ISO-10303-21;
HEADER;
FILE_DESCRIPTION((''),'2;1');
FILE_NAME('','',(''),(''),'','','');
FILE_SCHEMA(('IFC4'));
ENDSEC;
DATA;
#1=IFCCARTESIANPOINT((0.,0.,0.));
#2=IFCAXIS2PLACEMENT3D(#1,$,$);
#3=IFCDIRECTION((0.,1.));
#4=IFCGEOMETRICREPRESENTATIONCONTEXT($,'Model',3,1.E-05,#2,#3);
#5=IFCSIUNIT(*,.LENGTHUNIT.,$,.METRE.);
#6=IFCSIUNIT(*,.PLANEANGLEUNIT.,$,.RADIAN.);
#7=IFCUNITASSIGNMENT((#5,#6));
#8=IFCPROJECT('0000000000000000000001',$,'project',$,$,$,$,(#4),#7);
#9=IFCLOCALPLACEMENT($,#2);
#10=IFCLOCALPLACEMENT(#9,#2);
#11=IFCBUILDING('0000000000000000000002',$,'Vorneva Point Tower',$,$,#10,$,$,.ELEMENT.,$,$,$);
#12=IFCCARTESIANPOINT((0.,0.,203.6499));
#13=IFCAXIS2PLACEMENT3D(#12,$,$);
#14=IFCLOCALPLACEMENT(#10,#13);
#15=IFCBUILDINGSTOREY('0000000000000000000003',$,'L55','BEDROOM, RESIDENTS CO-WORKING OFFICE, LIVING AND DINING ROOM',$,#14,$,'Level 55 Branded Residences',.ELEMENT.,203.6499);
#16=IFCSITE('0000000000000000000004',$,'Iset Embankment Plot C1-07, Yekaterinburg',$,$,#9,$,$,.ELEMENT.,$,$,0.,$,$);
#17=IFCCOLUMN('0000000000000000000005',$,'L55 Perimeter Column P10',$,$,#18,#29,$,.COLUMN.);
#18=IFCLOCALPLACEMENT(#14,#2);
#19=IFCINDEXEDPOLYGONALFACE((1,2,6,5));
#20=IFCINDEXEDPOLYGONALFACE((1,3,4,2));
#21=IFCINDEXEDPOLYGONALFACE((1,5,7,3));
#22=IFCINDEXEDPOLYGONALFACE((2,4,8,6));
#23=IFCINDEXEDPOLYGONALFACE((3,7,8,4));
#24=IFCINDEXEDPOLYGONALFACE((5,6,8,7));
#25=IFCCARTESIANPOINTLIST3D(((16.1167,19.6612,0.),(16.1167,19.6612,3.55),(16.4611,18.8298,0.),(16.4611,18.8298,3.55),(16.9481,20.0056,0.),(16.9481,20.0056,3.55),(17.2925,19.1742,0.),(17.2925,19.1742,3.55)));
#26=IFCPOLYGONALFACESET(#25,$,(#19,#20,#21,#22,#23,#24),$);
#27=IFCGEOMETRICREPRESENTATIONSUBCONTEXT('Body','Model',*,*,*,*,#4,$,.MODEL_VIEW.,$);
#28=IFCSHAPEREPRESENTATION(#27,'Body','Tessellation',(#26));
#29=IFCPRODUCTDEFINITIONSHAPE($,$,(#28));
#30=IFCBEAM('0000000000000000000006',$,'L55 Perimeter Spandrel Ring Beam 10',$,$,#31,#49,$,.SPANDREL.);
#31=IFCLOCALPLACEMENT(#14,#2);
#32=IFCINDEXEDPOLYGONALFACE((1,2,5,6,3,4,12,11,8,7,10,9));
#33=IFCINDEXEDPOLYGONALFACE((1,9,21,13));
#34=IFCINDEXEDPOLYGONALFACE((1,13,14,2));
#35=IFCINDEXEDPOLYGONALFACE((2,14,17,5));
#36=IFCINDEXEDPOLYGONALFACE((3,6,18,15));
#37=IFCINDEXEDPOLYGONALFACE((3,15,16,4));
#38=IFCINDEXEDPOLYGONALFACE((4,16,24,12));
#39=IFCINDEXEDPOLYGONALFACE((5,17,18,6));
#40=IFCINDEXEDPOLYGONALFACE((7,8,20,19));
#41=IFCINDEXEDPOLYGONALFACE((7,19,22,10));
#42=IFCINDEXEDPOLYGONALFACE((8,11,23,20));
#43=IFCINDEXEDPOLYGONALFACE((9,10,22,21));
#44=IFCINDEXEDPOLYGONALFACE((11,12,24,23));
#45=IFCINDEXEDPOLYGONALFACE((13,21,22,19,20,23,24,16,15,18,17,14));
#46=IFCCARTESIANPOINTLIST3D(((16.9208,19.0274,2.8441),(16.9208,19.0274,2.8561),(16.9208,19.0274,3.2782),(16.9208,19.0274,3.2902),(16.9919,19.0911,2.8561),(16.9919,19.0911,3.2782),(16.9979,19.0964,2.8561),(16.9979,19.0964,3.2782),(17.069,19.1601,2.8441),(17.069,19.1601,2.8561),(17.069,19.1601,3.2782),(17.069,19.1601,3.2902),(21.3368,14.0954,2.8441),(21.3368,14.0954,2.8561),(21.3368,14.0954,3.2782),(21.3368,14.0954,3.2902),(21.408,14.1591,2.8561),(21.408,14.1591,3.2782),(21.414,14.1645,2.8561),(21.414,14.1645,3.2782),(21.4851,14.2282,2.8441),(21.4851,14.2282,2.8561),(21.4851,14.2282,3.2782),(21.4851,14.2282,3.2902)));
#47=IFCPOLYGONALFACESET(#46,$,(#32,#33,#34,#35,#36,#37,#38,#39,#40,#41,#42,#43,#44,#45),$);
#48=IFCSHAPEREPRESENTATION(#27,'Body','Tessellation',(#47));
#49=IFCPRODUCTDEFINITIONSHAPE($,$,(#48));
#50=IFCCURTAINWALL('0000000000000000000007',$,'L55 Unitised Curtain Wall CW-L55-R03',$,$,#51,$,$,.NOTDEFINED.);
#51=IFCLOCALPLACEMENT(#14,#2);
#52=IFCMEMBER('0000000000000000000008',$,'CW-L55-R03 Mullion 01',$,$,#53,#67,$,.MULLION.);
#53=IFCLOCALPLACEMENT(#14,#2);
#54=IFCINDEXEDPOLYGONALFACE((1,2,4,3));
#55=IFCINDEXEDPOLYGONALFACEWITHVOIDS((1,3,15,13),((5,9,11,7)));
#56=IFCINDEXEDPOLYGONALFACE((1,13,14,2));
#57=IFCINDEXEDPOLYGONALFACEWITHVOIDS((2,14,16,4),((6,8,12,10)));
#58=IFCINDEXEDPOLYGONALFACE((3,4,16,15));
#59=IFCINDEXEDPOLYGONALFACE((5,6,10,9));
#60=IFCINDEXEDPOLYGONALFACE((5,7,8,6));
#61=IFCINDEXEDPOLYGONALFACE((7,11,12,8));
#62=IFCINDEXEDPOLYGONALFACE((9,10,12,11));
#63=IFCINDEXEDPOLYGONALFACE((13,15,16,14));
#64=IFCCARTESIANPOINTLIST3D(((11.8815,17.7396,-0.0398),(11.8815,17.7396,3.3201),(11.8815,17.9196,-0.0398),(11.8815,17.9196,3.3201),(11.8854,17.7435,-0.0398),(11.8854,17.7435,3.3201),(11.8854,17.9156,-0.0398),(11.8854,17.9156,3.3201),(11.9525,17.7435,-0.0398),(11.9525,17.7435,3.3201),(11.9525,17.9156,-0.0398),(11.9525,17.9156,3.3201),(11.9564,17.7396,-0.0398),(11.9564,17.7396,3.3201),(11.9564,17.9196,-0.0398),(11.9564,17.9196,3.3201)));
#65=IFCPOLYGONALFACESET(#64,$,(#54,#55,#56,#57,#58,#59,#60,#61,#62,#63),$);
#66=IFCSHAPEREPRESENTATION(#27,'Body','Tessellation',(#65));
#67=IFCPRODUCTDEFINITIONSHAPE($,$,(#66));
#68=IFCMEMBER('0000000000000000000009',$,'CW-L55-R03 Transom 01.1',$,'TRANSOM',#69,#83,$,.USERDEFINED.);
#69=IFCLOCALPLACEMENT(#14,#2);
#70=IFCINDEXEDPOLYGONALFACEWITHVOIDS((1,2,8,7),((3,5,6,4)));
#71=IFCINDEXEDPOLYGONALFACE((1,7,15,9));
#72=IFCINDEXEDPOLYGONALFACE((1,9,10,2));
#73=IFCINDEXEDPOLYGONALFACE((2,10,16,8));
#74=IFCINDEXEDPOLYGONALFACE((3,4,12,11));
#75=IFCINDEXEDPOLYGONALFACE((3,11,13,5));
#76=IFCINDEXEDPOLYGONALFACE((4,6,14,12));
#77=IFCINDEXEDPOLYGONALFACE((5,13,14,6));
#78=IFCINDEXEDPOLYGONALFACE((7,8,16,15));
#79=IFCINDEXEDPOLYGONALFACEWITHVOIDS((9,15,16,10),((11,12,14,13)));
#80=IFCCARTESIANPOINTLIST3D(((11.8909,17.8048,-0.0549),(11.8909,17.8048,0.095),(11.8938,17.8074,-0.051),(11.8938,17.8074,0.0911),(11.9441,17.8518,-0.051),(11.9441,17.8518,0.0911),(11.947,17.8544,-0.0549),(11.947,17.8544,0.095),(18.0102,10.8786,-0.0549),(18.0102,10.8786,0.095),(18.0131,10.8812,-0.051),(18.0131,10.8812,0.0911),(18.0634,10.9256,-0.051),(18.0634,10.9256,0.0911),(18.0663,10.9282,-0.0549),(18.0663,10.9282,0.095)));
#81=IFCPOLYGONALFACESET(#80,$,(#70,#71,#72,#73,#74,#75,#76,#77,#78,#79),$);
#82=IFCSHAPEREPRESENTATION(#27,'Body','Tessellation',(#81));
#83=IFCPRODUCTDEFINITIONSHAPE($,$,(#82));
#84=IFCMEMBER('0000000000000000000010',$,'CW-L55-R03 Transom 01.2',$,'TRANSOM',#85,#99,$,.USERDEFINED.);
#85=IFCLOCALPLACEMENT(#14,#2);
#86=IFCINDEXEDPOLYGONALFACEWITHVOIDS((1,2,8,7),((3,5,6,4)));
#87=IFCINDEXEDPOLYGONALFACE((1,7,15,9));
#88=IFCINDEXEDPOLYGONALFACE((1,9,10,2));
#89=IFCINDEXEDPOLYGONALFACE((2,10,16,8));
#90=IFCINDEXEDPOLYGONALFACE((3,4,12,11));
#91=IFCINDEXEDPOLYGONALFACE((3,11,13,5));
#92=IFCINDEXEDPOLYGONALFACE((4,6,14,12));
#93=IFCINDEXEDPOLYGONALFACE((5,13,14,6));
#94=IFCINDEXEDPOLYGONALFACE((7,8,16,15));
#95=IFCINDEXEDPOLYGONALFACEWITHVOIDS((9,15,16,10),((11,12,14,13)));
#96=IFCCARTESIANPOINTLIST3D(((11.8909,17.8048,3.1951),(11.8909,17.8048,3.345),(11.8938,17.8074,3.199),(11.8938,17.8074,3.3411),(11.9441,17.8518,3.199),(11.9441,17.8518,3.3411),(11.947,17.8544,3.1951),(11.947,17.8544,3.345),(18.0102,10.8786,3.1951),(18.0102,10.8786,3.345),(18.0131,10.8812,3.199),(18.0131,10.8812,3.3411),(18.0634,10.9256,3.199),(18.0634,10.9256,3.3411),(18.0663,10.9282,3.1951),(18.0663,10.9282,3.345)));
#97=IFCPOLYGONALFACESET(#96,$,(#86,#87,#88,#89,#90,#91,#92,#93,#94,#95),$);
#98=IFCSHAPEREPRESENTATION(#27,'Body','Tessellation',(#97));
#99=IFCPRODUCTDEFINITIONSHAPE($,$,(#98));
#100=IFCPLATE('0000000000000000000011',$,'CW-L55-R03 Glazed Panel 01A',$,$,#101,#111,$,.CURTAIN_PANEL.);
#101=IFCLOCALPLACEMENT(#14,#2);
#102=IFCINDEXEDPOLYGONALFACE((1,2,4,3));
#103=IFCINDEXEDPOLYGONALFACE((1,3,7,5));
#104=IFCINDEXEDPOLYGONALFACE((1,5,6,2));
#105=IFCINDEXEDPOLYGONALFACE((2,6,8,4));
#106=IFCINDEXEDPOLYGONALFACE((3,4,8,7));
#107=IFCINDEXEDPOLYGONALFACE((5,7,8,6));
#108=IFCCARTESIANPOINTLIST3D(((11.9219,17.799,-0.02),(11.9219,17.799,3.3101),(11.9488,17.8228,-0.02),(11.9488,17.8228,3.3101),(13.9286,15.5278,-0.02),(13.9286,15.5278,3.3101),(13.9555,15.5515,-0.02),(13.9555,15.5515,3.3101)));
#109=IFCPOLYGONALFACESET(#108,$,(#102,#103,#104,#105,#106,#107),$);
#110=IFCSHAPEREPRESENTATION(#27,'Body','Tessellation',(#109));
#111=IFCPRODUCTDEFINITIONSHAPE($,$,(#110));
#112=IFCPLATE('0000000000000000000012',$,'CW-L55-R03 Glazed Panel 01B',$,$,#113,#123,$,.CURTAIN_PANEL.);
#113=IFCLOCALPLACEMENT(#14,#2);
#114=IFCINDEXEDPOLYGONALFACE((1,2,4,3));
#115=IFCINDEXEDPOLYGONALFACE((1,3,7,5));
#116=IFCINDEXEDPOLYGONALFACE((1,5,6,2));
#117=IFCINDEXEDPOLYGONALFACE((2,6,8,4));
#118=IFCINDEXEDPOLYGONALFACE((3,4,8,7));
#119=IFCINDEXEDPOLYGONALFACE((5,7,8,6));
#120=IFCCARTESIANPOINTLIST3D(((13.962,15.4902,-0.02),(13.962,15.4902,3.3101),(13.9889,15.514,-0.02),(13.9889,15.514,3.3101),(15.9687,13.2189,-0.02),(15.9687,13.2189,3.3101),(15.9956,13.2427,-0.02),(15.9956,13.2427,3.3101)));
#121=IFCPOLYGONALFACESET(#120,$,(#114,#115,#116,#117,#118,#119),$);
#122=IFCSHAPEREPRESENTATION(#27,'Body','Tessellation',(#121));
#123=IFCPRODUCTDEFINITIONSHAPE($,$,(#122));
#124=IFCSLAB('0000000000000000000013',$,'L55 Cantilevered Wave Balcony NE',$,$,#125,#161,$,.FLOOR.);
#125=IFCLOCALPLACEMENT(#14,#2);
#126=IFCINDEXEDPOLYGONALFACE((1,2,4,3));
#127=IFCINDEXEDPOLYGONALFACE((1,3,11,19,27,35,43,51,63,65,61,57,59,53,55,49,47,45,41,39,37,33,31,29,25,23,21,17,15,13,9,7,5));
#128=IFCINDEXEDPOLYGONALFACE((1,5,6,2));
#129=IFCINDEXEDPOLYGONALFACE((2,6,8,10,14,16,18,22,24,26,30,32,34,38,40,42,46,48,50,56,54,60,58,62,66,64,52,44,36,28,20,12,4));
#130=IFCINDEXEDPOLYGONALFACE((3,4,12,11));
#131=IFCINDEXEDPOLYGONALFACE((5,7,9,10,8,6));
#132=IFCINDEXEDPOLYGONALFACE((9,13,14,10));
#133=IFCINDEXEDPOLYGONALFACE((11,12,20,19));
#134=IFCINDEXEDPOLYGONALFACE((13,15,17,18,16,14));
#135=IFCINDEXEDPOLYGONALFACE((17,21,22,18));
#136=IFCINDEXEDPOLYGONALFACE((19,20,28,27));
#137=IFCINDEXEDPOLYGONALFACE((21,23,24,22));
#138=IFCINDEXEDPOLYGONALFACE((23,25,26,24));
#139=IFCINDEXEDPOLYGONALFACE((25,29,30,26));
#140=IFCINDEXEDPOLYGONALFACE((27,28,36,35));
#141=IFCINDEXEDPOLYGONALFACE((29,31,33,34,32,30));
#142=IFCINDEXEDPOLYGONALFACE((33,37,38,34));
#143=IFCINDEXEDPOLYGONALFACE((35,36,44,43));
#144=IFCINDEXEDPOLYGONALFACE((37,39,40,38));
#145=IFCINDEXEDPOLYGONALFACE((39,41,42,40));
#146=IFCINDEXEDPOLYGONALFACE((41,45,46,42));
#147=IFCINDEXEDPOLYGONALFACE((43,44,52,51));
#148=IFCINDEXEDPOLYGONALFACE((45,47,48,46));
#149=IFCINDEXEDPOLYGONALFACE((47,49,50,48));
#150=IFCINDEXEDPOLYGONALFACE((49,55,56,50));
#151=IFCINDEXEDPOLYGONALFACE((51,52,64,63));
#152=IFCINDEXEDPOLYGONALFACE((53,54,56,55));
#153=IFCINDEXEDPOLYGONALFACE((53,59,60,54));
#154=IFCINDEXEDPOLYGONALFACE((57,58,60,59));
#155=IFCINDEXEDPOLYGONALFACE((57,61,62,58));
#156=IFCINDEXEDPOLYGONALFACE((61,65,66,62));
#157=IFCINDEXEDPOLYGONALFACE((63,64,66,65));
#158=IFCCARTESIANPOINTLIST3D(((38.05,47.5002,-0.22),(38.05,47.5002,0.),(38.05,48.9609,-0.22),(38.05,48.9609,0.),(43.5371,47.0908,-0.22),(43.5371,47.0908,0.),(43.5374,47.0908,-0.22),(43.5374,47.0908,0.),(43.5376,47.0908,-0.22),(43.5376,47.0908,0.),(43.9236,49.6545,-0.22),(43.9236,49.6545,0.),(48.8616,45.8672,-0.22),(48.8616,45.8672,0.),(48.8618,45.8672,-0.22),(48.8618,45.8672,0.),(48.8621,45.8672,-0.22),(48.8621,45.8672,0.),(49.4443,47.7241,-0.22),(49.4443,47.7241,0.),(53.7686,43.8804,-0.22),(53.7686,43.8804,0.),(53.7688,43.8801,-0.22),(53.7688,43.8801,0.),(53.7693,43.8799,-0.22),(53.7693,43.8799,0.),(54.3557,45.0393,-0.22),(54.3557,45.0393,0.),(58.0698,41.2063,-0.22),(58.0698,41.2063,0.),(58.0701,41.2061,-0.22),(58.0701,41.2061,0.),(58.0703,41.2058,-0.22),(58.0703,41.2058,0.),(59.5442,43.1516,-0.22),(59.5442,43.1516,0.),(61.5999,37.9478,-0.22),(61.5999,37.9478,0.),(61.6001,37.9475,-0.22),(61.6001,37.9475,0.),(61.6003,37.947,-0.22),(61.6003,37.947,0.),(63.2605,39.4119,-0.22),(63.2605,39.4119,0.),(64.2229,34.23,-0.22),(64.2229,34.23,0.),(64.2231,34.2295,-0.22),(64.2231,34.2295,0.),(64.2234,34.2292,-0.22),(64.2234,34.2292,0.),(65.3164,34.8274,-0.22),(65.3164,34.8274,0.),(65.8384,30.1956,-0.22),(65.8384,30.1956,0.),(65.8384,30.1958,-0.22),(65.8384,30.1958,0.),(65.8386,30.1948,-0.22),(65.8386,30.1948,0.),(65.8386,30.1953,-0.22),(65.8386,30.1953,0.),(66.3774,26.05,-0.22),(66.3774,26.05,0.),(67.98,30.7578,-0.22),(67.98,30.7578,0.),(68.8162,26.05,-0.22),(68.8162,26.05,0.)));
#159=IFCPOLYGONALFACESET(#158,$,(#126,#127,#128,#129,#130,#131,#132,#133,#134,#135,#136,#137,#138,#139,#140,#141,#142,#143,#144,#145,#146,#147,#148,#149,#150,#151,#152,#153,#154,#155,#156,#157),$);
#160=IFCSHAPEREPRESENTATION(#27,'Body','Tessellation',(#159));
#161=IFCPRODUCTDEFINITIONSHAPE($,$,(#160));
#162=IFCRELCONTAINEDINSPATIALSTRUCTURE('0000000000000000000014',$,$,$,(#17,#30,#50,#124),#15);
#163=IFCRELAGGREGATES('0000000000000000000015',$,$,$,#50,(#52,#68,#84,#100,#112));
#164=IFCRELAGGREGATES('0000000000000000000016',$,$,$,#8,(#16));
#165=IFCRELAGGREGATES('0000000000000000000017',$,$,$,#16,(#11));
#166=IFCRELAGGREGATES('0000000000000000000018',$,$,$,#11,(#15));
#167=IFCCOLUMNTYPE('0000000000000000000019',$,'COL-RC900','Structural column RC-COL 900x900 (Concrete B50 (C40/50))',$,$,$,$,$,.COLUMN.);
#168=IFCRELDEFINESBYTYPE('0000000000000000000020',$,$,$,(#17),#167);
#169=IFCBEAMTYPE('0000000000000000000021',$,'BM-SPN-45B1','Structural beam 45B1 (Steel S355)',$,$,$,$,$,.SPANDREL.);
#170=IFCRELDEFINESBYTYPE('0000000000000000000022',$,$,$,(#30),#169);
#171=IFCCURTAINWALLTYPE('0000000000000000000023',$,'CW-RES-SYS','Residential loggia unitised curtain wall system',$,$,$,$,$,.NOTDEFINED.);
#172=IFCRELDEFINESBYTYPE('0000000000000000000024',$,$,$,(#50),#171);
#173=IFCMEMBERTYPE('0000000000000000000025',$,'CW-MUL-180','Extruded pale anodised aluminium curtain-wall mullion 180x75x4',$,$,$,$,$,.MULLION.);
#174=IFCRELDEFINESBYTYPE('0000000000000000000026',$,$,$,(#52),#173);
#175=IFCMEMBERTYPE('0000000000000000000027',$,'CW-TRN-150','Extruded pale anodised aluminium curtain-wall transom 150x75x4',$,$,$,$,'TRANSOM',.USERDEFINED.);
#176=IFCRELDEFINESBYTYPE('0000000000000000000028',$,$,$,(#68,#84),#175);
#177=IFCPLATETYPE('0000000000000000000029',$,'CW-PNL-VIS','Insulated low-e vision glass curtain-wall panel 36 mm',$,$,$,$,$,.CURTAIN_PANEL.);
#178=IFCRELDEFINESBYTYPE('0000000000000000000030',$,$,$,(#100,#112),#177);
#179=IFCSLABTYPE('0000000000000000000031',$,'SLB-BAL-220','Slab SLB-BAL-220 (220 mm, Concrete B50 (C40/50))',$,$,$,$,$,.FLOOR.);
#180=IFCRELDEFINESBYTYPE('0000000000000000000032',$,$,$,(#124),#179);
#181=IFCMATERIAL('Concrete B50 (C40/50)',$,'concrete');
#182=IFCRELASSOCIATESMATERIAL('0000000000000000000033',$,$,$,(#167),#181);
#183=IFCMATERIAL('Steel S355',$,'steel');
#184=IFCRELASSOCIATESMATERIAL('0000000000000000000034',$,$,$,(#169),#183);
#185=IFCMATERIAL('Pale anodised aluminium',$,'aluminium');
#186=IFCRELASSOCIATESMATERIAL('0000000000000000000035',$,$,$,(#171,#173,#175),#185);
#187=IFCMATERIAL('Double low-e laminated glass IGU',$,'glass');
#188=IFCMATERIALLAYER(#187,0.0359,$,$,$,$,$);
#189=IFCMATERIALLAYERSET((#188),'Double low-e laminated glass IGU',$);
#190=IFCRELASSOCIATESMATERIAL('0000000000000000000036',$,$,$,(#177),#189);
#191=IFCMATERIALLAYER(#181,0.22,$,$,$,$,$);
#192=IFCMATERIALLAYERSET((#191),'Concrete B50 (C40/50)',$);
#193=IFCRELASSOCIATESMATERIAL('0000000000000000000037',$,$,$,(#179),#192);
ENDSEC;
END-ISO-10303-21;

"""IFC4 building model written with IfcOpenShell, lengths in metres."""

from ifc_helpers import new_model, si_unit, direction, frame, origin, origin_2d, place, context, subcontext, project, spatial, polyline, rectangle, hollow_rectangle, i_section, outline, extrude, material, layer, layer_set, material_profile, profile_set, type_object, element, aggregate, save


model = new_model("IFC4")

# Units and contexts
model_context = context("Model", 3, precision=1e-05, world=origin(), true_north=direction((0.0, 1.0)))
body_context = subcontext(model_context, "Body", "Model", "MODEL_VIEW")
ifc_project = project(units=[si_unit("LENGTHUNIT", "METRE"), si_unit("PLANEANGLEUNIT", "RADIAN")], contexts=[model_context])

# Site, building, storey
site_placement = place(None, origin())
site = spatial("IfcSite", under=ifc_project, at=site_placement, Name="Iset Embankment Plot C1-07, Yekaterinburg", CompositionType="ELEMENT", RefElevation=0.0)
building_placement = place(site_placement, origin())
building = spatial("IfcBuilding", under=site, at=building_placement, Name="Vorneva Point Tower", CompositionType="ELEMENT")
storey_placement = place(building_placement, frame((0.0, 0.0, 203.6499)))
storey = spatial("IfcBuildingStorey", under=building, at=storey_placement, Name="L55", Description="BEDROOM, RESIDENTS CO-WORKING OFFICE, LIVING AND DINING ROOM", LongName="Level 55 Branded Residences", CompositionType="ELEMENT", Elevation=203.6499)

# Column
ifc_material_1 = material(Name="Concrete B50 (C40/50)", Category="concrete")
ifc_material_profile_1 = material_profile(ifc_material_1, rectangle(XDim=0.8999, YDim=0.8999, at=origin_2d()), Name="RC-COL 900x900")
ifc_profile_set_1 = profile_set([ifc_material_profile_1], Name="Concrete B50 (C40/50)")
column_type = type_object("IfcColumnType", Name="COL-RC900", Description="Structural column RC-COL 900x900 (Concrete B50 (C40/50))", PredefinedType="COLUMN", material=ifc_profile_set_1)
column_placement = place(storey_placement, frame((16.7046, 19.4177, 0.0), z_axis=(0.0, 0.0, 1.0), x_axis=(-0.92388, -0.382683, 0.0)))
element("IfcColumn", 1, at=column_placement, inside=storey, type_object=column_type, Name="L55 Perimeter Column P10", PredefinedType="COLUMN", context=body_context, shape_type="SweptSolid", body=[
    extrude(rectangle(XDim=0.8999, YDim=0.8999, at=origin_2d()), origin(), (0.0, 0.0, 1.0), 3.55),
])

# Beam
ifc_material_2 = material(Name="Steel S355", Category="steel")
ifc_material_profile_2 = material_profile(ifc_material_2, i_section(OverallWidth=0.199, OverallDepth=0.446, WebThickness=0.0081, FlangeThickness=0.012, at=origin_2d()), Name="45B1")
ifc_profile_set_2 = profile_set([ifc_material_profile_2], Name="Steel S355")
beam_type = type_object("IfcBeamType", Name="BM-SPN-45B1", Description="Structural beam 45B1 (Steel S355)", PredefinedType="SPANDREL", material=ifc_profile_set_2)
beam_placement = place(storey_placement, frame((16.9949, 19.0938, 3.0671), z_axis=(0.66707, -0.744995, 0.0), x_axis=(0.744995, 0.66707, 0.0)))
element("IfcBeam", 2, at=beam_placement, inside=storey, type_object=beam_type, Name="L55 Perimeter Spandrel Ring Beam 10", PredefinedType="SPANDREL", context=body_context, shape_type="SweptSolid", body=[
    extrude(i_section(OverallWidth=0.199, OverallDepth=0.446, WebThickness=0.0081, FlangeThickness=0.012, at=origin_2d()), origin(), (0.0, 0.0, 1.0), 6.6201),
])

# Curtain wall, members, plates
ifc_material_3 = material(Name="Pale anodised aluminium", Category="aluminium")
curtain_wall_type = type_object("IfcCurtainWallType", Name="CW-RES-SYS", Description="Residential loggia unitised curtain wall system", PredefinedType="NOTDEFINED", material=ifc_material_3)
curtain_wall_placement = place(storey_placement, origin())
curtain_wall = element("IfcCurtainWall", 3, at=curtain_wall_placement, inside=storey, type_object=curtain_wall_type, Name="L55 Unitised Curtain Wall CW-L55-R03", PredefinedType="NOTDEFINED")
ifc_material_profile_3 = material_profile(ifc_material_3, hollow_rectangle(XDim=0.075, YDim=0.1799, WallThickness=0.0039, at=origin_2d()), Name="AL-MUL 180x75x4")
ifc_profile_set_3 = profile_set([ifc_material_profile_3], Name="Pale anodised aluminium")
member_type_1 = type_object("IfcMemberType", Name="CW-MUL-180", Description="Extruded pale anodised aluminium curtain-wall mullion 180x75x4", PredefinedType="MULLION", material=ifc_profile_set_3)
member_1_placement = place(storey_placement, frame((11.9189, 17.8296, -0.0398), z_axis=(0.0, 0.0, 1.0), x_axis=(1.0, 0.0, 0.0)))
member_1 = element("IfcMember", 4, at=member_1_placement, type_object=member_type_1, Name="CW-L55-R03 Mullion 01", PredefinedType="MULLION", context=body_context, shape_type="SweptSolid", body=[
    extrude(hollow_rectangle(XDim=0.075, YDim=0.1799, WallThickness=0.0039, at=origin_2d()), origin(), (0.0, 0.0, 1.0), 3.3599),
])
ifc_material_profile_4 = material_profile(ifc_material_3, hollow_rectangle(XDim=0.075, YDim=0.1499, WallThickness=0.0039, at=origin_2d()), Name="AL-TRN 150x75x4")
ifc_profile_set_4 = profile_set([ifc_material_profile_4], Name="Pale anodised aluminium")
member_type_2 = type_object("IfcMemberType", Name="CW-TRN-150", Description="Extruded pale anodised aluminium curtain-wall transom 150x75x4", ElementType="TRANSOM", PredefinedType="USERDEFINED", material=ifc_profile_set_4)
member_2_placement = place(storey_placement, frame((11.9189, 17.8296, 0.02), z_axis=(0.662106, -0.74941, 0.0), x_axis=(0.74941, 0.662106, 0.0)))
member_2 = element("IfcMember", 5, at=member_2_placement, type_object=member_type_2, Name="CW-L55-R03 Transom 01.1", ObjectType="TRANSOM", PredefinedType="USERDEFINED", context=body_context, shape_type="SweptSolid", body=[
    extrude(hollow_rectangle(XDim=0.075, YDim=0.1499, WallThickness=0.0039, at=origin_2d()), origin(), (0.0, 0.0, 1.0), 9.2422),
])
member_3_placement = place(storey_placement, frame((11.9189, 17.8296, 3.27), z_axis=(0.662106, -0.74941, 0.0), x_axis=(0.74941, 0.662106, 0.0)))
member_3 = element("IfcMember", 6, at=member_3_placement, type_object=member_type_2, Name="CW-L55-R03 Transom 01.2", ObjectType="TRANSOM", PredefinedType="USERDEFINED", context=body_context, shape_type="SweptSolid", body=[
    extrude(hollow_rectangle(XDim=0.075, YDim=0.1499, WallThickness=0.0039, at=origin_2d()), origin(), (0.0, 0.0, 1.0), 9.2422),
])
ifc_material_4 = material(Name="Double low-e laminated glass IGU", Category="glass")
ifc_layer_1 = layer(ifc_material_4, 0.0359)
ifc_layer_set_1 = layer_set([ifc_layer_1], Name="Double low-e laminated glass IGU")
plate_type = type_object("IfcPlateType", Name="CW-PNL-VIS", Description="Insulated low-e vision glass curtain-wall panel 36 mm", PredefinedType="CURTAIN_PANEL", material=ifc_layer_set_1)
plate_1_placement = place(storey_placement, frame((12.9387, 16.6753, -0.02), z_axis=(0.0, 0.0, 1.0), x_axis=(0.66211, -0.749407, 0.0)))
plate_1 = element("IfcPlate", 7, at=plate_1_placement, type_object=plate_type, Name="CW-L55-R03 Glazed Panel 01A", PredefinedType="CURTAIN_PANEL", context=body_context, shape_type="SweptSolid", body=[
    extrude(rectangle(XDim=3.0308, YDim=0.0359, at=origin_2d()), origin(), (0.0, 0.0, 1.0), 3.3301),
])
plate_2_placement = place(storey_placement, frame((14.9788, 14.3665, -0.02), z_axis=(0.0, 0.0, 1.0), x_axis=(0.66211, -0.749407, 0.0)))
plate_2 = element("IfcPlate", 8, at=plate_2_placement, type_object=plate_type, Name="CW-L55-R03 Glazed Panel 01B", PredefinedType="CURTAIN_PANEL", context=body_context, shape_type="SweptSolid", body=[
    extrude(rectangle(XDim=3.0308, YDim=0.0359, at=origin_2d()), origin(), (0.0, 0.0, 1.0), 3.3301),
])
aggregate(curtain_wall, [member_1, member_2, member_3, plate_1, plate_2])

# Slab
ifc_layer_2 = layer(ifc_material_1, 0.22)
ifc_layer_set_2 = layer_set([ifc_layer_2], Name="Concrete B50 (C40/50)")
slab_type_1 = type_object("IfcSlabType", Name="SLB-BAL-220", Description="Slab SLB-BAL-220 (220 mm, Concrete B50 (C40/50))", PredefinedType="FLOOR", material=ifc_layer_set_2)
slab_1_placement = place(storey_placement, frame((0.0, 0.0, -0.22)))
element("IfcSlab", 9, at=slab_1_placement, inside=storey, type_object=slab_type_1, Name="L55 Cantilevered Wave Balcony NE", PredefinedType="FLOOR", context=body_context, shape_type="SweptSolid", body=[
    extrude(outline(polyline([(38.05, 48.9609), (38.05, 47.5002), (43.5371, 47.0908), (43.5374, 47.0908), (43.5376, 47.0908), (48.8616, 45.8672), (48.8618, 45.8672), (48.8621, 45.8672), (53.7686, 43.8804), (53.7688, 43.8801), (53.7693, 43.8799), (58.0698, 41.2063), (58.0701, 41.2061), (58.0703, 41.2058), (61.5999, 37.9478), (61.6001, 37.9475), (61.6003, 37.947), (64.2229, 34.23), (64.2231, 34.2295), (64.2234, 34.2292), (65.8384, 30.1958), (65.8384, 30.1956), (65.8386, 30.1953), (65.8386, 30.1948), (66.3774, 26.05), (68.8162, 26.05), (67.98, 30.7578), (65.3164, 34.8274), (63.2605, 39.4119), (59.5442, 43.1516), (54.3557, 45.0393), (49.4443, 47.7241), (43.9236, 49.6545), (38.05, 48.9609)])), origin(), (0.0, 0.0, 1.0), 0.22),
])

save(model, "model.ifc")
